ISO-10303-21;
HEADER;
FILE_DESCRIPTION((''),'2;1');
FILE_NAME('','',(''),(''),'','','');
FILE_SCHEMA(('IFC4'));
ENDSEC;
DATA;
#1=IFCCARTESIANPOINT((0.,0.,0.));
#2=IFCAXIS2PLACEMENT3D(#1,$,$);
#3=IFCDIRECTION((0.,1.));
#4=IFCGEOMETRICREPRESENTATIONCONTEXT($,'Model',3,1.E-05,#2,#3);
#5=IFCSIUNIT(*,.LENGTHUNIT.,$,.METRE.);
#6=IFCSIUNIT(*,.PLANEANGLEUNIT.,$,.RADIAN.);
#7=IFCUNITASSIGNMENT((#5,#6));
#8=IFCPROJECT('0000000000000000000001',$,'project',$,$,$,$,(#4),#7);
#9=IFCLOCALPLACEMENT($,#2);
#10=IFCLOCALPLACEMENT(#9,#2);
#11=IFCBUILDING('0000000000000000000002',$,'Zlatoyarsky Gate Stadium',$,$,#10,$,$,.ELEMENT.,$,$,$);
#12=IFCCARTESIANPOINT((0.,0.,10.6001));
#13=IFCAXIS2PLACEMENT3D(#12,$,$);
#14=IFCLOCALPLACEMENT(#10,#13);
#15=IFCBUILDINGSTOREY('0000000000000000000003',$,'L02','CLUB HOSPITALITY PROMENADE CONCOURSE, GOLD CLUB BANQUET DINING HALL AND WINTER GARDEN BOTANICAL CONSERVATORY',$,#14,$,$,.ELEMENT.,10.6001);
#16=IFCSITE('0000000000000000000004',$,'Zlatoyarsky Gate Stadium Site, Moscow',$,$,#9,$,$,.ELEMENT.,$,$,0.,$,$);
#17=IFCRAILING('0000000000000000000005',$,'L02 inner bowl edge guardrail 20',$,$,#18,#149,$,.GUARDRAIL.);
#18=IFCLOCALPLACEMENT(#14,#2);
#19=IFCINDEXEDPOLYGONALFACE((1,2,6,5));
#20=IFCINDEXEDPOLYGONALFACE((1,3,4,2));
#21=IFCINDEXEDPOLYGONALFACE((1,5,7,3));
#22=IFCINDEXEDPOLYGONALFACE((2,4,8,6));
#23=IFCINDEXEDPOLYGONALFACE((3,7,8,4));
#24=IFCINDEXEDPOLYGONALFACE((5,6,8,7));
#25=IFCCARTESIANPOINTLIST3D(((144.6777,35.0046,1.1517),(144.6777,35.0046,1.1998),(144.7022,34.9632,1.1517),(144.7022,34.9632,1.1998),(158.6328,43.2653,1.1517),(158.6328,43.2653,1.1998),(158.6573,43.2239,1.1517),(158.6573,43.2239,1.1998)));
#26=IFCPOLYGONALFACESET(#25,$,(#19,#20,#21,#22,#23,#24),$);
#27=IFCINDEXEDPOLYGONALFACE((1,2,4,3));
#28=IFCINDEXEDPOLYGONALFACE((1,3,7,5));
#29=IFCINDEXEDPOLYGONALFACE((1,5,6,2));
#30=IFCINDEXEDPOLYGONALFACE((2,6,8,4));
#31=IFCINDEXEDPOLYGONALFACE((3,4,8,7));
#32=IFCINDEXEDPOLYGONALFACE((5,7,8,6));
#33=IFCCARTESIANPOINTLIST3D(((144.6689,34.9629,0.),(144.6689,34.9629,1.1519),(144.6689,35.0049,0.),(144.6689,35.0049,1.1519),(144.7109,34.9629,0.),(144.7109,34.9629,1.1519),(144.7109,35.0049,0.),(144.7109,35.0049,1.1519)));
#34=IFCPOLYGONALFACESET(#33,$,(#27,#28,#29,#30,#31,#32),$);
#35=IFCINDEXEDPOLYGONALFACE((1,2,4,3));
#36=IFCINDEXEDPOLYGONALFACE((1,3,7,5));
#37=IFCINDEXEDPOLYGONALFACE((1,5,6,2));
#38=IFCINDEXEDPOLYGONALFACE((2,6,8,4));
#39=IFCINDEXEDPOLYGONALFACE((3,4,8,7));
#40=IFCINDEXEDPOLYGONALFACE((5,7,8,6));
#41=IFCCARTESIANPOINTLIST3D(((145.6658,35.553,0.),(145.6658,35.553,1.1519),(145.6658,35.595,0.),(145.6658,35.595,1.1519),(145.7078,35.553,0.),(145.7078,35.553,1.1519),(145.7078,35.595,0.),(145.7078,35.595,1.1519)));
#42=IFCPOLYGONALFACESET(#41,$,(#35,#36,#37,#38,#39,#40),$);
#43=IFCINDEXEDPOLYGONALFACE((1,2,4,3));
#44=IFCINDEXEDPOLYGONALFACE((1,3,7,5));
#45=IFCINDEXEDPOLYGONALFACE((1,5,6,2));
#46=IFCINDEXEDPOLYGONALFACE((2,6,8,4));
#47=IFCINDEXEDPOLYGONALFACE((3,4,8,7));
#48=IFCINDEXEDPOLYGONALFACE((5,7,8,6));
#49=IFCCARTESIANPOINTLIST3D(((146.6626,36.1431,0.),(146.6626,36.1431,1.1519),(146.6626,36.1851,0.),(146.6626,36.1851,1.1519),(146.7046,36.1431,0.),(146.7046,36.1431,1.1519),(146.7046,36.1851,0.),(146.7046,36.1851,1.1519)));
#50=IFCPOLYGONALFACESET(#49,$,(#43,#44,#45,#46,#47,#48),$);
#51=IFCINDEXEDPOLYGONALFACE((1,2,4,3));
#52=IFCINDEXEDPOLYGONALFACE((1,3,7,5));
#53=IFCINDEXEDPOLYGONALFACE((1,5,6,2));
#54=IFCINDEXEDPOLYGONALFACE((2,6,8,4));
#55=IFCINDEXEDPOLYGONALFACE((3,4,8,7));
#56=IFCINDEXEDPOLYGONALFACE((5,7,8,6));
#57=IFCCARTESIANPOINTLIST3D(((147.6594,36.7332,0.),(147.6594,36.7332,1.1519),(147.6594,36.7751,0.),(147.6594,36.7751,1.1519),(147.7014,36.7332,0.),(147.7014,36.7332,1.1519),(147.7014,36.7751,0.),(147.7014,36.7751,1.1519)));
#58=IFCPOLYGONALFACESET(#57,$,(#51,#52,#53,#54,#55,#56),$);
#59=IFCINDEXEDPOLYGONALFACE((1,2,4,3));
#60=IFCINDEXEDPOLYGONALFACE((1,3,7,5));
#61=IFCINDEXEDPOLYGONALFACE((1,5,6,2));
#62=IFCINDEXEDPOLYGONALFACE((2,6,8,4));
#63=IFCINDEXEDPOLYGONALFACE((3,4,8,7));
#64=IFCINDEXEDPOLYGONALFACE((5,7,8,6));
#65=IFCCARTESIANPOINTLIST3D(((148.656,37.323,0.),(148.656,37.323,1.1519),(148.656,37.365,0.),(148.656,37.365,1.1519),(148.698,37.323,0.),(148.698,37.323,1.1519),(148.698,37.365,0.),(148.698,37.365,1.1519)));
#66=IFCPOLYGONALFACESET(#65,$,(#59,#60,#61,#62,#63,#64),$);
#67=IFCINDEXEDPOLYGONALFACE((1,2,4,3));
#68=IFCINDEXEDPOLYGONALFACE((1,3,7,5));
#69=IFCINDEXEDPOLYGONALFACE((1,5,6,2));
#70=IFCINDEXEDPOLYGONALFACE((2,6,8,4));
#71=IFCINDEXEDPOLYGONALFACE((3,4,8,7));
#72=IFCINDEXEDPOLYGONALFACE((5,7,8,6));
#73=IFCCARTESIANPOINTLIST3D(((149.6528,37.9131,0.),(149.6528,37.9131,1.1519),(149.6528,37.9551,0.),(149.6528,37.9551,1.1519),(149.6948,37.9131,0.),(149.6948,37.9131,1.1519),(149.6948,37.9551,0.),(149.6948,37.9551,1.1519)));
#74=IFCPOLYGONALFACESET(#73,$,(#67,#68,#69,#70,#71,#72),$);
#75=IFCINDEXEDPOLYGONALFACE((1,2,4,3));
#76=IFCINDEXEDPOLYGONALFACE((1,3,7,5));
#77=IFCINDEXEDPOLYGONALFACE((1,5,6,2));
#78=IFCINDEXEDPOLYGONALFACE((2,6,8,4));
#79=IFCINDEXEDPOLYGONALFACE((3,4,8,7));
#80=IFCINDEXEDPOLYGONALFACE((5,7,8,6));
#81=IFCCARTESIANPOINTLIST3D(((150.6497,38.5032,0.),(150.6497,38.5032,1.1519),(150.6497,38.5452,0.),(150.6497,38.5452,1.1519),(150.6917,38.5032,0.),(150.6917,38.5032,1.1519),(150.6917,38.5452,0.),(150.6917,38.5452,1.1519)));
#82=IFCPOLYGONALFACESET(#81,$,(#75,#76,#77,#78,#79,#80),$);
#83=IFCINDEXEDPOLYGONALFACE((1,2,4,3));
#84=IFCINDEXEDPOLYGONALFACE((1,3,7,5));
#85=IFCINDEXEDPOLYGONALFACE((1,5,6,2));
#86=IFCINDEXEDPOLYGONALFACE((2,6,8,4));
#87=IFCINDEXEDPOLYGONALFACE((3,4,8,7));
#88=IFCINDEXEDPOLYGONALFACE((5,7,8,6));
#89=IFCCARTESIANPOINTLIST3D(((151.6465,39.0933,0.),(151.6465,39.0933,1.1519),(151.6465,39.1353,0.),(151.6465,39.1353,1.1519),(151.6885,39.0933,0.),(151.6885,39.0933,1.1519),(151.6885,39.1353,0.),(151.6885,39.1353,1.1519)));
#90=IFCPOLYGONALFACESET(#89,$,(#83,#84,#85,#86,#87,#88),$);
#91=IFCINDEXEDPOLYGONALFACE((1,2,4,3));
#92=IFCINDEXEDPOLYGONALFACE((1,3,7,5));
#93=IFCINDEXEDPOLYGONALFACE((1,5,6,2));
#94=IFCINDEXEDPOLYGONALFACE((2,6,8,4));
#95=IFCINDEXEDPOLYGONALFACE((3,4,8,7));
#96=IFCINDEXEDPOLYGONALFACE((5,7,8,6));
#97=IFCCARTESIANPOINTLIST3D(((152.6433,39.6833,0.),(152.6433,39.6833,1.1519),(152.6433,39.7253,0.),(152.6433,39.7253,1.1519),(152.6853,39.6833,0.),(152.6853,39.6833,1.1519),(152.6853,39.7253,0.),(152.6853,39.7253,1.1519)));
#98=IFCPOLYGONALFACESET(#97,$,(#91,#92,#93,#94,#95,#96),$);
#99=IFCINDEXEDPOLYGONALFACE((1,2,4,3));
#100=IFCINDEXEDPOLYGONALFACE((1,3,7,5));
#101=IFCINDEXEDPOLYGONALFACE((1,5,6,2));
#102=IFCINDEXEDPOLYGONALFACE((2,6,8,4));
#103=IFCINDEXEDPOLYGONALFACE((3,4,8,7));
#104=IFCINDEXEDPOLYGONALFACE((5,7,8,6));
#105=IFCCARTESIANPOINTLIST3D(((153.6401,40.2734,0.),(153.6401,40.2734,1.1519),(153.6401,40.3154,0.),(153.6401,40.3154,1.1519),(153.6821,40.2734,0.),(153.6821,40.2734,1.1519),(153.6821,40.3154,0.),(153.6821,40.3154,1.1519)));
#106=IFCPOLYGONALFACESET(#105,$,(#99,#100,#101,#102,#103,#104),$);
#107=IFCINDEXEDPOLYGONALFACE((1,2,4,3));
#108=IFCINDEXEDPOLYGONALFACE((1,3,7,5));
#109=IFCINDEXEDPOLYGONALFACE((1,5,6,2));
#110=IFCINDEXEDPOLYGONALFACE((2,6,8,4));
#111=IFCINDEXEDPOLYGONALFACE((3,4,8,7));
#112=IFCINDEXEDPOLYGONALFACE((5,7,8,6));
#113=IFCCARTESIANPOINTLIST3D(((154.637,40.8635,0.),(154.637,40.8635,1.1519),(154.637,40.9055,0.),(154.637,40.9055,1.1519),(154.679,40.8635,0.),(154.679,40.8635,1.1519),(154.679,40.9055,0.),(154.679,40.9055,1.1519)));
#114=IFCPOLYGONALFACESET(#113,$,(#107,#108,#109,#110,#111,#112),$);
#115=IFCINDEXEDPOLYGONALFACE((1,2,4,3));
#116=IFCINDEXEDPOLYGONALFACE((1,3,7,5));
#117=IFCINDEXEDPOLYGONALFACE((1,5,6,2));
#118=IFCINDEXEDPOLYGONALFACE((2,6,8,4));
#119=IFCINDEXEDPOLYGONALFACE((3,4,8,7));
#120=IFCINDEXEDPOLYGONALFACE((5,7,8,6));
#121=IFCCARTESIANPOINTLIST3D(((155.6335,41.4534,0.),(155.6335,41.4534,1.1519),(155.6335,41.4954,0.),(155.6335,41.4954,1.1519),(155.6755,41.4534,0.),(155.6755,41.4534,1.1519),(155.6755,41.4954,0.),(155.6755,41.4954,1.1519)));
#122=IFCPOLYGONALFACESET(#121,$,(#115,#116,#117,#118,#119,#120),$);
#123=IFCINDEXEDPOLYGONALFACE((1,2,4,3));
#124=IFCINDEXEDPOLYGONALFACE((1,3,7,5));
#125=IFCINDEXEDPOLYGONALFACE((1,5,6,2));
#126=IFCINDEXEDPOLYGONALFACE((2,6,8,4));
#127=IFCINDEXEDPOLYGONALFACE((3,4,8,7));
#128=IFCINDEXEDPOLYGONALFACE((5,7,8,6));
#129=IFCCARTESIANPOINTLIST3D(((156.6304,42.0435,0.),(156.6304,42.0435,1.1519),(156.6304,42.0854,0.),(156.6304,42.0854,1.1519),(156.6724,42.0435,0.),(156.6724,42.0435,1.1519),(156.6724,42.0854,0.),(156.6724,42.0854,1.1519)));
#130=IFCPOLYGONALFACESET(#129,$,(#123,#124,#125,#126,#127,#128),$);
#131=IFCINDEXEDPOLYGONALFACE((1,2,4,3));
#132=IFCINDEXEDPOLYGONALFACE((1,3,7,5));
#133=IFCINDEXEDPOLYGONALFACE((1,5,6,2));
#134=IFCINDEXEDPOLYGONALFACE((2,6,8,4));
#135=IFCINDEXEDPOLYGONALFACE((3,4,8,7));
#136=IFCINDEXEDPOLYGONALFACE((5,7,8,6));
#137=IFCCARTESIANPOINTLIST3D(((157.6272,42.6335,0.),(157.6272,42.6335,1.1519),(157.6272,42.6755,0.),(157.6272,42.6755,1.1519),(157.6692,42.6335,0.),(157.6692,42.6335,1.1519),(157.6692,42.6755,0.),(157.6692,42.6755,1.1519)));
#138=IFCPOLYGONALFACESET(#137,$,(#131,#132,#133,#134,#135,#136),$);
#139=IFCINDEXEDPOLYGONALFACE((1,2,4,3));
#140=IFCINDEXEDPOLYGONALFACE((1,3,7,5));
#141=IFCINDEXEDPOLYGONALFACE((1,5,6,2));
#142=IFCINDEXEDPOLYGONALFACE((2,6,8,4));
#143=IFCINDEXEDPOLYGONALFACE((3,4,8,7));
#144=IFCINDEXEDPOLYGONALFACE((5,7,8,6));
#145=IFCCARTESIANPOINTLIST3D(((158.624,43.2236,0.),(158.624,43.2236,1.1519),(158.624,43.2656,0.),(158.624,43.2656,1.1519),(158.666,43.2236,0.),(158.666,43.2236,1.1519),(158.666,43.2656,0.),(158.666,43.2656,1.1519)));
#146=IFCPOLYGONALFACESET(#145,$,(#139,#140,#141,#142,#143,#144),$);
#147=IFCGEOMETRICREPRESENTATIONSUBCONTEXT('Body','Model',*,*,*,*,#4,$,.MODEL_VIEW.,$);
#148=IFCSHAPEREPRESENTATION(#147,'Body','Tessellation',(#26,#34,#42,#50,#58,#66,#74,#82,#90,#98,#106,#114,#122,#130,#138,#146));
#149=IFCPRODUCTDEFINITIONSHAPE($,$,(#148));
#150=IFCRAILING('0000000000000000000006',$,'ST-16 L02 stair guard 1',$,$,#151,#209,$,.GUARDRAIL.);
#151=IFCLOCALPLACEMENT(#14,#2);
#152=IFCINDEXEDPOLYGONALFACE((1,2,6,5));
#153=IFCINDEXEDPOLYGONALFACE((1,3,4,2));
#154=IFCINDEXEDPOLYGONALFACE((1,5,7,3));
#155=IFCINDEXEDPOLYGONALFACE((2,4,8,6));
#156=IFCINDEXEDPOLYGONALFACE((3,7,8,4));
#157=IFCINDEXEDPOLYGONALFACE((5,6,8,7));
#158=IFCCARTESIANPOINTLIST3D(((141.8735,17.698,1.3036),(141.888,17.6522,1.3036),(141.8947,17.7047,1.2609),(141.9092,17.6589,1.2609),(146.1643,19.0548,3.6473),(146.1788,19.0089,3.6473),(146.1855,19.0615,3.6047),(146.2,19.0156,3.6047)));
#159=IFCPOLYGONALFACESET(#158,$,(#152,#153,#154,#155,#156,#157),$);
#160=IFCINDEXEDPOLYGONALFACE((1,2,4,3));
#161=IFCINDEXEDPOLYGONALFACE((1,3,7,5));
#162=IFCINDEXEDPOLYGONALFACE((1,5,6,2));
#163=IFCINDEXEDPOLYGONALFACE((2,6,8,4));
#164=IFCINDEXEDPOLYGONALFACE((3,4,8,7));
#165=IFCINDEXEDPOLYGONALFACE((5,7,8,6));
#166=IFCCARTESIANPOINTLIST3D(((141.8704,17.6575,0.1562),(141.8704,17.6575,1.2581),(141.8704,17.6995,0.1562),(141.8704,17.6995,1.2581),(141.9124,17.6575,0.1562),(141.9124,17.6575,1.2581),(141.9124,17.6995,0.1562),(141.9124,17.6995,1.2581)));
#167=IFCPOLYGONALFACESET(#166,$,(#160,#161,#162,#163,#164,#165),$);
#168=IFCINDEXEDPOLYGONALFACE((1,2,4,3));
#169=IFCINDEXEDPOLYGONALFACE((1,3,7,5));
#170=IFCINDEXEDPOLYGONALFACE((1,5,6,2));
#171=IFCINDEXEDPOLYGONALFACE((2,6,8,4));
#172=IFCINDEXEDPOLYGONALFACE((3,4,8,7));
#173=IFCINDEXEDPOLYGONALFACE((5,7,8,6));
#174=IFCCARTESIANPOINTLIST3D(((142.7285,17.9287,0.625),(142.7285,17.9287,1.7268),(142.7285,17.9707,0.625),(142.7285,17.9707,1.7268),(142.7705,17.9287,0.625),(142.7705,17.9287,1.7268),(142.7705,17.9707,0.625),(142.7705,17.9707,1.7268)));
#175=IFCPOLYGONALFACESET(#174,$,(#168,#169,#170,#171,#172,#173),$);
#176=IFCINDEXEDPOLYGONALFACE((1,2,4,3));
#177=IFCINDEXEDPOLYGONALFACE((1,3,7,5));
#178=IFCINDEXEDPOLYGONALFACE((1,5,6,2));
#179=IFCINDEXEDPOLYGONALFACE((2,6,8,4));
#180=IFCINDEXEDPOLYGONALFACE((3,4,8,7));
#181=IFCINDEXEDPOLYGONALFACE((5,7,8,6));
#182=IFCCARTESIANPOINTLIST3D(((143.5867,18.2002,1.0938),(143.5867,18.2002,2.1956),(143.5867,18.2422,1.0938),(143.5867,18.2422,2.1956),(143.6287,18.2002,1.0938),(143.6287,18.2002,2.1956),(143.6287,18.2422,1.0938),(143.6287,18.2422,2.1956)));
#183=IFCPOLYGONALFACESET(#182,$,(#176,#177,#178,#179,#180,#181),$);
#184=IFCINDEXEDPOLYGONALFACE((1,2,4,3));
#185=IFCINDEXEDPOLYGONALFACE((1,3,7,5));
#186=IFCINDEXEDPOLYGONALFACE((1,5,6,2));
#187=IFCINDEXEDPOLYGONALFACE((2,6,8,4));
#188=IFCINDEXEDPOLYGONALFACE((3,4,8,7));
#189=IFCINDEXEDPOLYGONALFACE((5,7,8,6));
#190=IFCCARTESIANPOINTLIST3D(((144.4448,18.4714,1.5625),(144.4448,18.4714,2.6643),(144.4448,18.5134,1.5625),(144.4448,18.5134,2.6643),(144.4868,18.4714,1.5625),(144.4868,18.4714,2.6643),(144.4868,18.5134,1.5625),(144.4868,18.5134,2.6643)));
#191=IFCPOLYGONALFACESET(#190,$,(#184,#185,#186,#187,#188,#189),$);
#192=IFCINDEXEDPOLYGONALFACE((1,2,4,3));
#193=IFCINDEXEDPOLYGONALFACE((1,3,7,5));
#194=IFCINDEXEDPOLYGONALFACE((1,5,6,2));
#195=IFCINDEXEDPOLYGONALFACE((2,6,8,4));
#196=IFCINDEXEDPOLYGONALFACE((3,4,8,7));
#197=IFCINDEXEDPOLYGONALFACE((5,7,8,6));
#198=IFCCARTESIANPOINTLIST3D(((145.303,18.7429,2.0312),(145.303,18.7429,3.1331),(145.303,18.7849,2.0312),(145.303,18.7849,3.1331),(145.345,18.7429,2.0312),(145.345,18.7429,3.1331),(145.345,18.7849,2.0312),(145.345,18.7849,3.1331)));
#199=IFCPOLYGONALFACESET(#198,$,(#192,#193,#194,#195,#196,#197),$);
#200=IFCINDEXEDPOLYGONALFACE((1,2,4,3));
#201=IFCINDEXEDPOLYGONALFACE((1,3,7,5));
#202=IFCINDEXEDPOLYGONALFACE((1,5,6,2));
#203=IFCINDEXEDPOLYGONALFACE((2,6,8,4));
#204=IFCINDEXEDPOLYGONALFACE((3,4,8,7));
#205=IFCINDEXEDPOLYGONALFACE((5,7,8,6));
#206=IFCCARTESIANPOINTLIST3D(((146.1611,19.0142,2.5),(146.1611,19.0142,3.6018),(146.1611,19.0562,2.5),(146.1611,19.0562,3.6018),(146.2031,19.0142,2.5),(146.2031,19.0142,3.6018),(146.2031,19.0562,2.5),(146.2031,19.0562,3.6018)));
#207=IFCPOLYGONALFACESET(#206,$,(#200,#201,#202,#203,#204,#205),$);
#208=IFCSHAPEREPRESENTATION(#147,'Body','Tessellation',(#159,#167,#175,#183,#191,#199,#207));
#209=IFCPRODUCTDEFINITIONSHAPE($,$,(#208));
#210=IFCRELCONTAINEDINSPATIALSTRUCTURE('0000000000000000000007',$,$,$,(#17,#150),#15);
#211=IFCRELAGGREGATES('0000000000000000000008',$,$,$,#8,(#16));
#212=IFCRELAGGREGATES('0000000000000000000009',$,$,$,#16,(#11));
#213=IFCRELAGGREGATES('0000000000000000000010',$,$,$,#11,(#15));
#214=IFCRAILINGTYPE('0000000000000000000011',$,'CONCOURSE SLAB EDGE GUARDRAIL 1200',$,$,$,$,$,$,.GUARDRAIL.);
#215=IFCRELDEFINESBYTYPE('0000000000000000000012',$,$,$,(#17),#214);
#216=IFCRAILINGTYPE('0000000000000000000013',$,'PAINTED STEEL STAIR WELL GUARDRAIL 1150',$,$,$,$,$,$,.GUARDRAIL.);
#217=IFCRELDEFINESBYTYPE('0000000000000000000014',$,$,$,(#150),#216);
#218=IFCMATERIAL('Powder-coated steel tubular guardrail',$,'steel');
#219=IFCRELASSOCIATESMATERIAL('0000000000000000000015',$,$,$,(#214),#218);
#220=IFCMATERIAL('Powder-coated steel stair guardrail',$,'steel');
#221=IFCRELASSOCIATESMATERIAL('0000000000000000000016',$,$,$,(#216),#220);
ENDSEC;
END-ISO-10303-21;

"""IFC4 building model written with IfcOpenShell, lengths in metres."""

from ifc_helpers import new_model, si_unit, direction, frame, origin, origin_2d, place, context, subcontext, project, spatial, rectangle, extrude, material, type_object, element, save


model = new_model("IFC4")

# Units and contexts
model_context = context("Model", 3, precision=1e-05, world=origin(), true_north=direction((0.0, 1.0)))
body_context = subcontext(model_context, "Body", "Model", "MODEL_VIEW")
ifc_project = project(units=[si_unit("LENGTHUNIT", "METRE"), si_unit("PLANEANGLEUNIT", "RADIAN")], contexts=[model_context])

# Site, building, storey
site_placement = place(None, origin())
site = spatial("IfcSite", under=ifc_project, at=site_placement, Name="Zlatoyarsky Gate Stadium Site, Moscow", CompositionType="ELEMENT", RefElevation=0.0)
building_placement = place(site_placement, origin())
building = spatial("IfcBuilding", under=site, at=building_placement, Name="Zlatoyarsky Gate Stadium", CompositionType="ELEMENT")
storey_placement = place(building_placement, frame((0.0, 0.0, 10.6001)))
storey = spatial("IfcBuildingStorey", under=building, at=storey_placement, Name="L02", Description="CLUB HOSPITALITY PROMENADE CONCOURSE, GOLD CLUB BANQUET DINING HALL AND WINTER GARDEN BOTANICAL CONSERVATORY", CompositionType="ELEMENT", Elevation=10.6001)

# Railings
ifc_material_1 = material(Name="Powder-coated steel tubular guardrail", Category="steel")
railing_type_1 = type_object("IfcRailingType", Name="CONCOURSE SLAB EDGE GUARDRAIL 1200", PredefinedType="GUARDRAIL", material=ifc_material_1)
railing_1_placement = place(storey_placement, frame((144.6899, 34.9839, 0.0)))
element("IfcRailing", 1, at=railing_1_placement, inside=storey, type_object=railing_type_1, Name="L02 inner bowl edge guardrail 20", PredefinedType="GUARDRAIL", context=body_context, shape_type="SweptSolid", body=[
    extrude(rectangle(XDim=0.0481, YDim=0.0481, at=origin_2d()), frame((0.0, 0.0, 1.1758), z_axis=(0.860533, 0.509395, 0.0), x_axis=(-0.509395, 0.860533, 0.0)), (0.0, 0.0, 1.0), 16.2168),
    extrude(rectangle(XDim=0.042, YDim=0.042, at=origin_2d()), origin(), (0.0, 0.0, 1.0), 1.1519),
    extrude(rectangle(XDim=0.042, YDim=0.042, at=origin_2d()), frame((0.9968, 0.5901, 0.0)), (0.0, 0.0, 1.0), 1.1519),
    extrude(rectangle(XDim=0.042, YDim=0.042, at=origin_2d()), frame((1.9937, 1.1802, 0.0)), (0.0, 0.0, 1.0), 1.1519),
    extrude(rectangle(XDim=0.042, YDim=0.042, at=origin_2d()), frame((2.9905, 1.7703, 0.0)), (0.0, 0.0, 1.0), 1.1519),
    extrude(rectangle(XDim=0.042, YDim=0.042, at=origin_2d()), frame((3.9871, 2.3601, 0.0)), (0.0, 0.0, 1.0), 1.1519),
    extrude(rectangle(XDim=0.042, YDim=0.042, at=origin_2d()), frame((4.9839, 2.9502, 0.0)), (0.0, 0.0, 1.0), 1.1519),
    extrude(rectangle(XDim=0.042, YDim=0.042, at=origin_2d()), frame((5.9807, 3.5403, 0.0)), (0.0, 0.0, 1.0), 1.1519),
    extrude(rectangle(XDim=0.042, YDim=0.042, at=origin_2d()), frame((6.9775, 4.1304, 0.0)), (0.0, 0.0, 1.0), 1.1519),
    extrude(rectangle(XDim=0.042, YDim=0.042, at=origin_2d()), frame((7.9744, 4.7205, 0.0)), (0.0, 0.0, 1.0), 1.1519),
    extrude(rectangle(XDim=0.042, YDim=0.042, at=origin_2d()), frame((8.9712, 5.3105, 0.0)), (0.0, 0.0, 1.0), 1.1519),
    extrude(rectangle(XDim=0.042, YDim=0.042, at=origin_2d()), frame((9.968, 5.9006, 0.0)), (0.0, 0.0, 1.0), 1.1519),
    extrude(rectangle(XDim=0.042, YDim=0.042, at=origin_2d()), frame((10.9646, 6.4905, 0.0)), (0.0, 0.0, 1.0), 1.1519),
    extrude(rectangle(XDim=0.042, YDim=0.042, at=origin_2d()), frame((11.9614, 7.0806, 0.0)), (0.0, 0.0, 1.0), 1.1519),
    extrude(rectangle(XDim=0.042, YDim=0.042, at=origin_2d()), frame((12.9583, 7.6707, 0.0)), (0.0, 0.0, 1.0), 1.1519),
    extrude(rectangle(XDim=0.042, YDim=0.042, at=origin_2d()), frame((13.9551, 8.2607, 0.0)), (0.0, 0.0, 1.0), 1.1519),
])
ifc_material_2 = material(Name="Powder-coated steel stair guardrail", Category="steel")
railing_type_2 = type_object("IfcRailingType", Name="PAINTED STEEL STAIR WELL GUARDRAIL 1150", PredefinedType="GUARDRAIL", material=ifc_material_2)
railing_2_placement = place(storey_placement, frame((141.8914, 17.6785, 0.1562)))
element("IfcRailing", 2, at=railing_2_placement, inside=storey, type_object=railing_type_2, Name="ST-16 L02 stair guard 1", PredefinedType="GUARDRAIL", context=body_context, shape_type="SweptSolid", body=[
    extrude(rectangle(XDim=0.0481, YDim=0.0481, at=origin_2d()), frame((0.0, 0.0, 1.126), z_axis=(0.845655, 0.267386, 0.461923), x_axis=(-0.301477, 0.953474, 0.0)), (0.0, 0.0, 1.0), 5.074),
    extrude(rectangle(XDim=0.042, YDim=0.042, at=origin_2d()), origin(), (0.0, 0.0, 1.0), 1.1018),
    extrude(rectangle(XDim=0.042, YDim=0.042, at=origin_2d()), frame((0.8582, 0.2712, 0.4688)), (0.0, 0.0, 1.0), 1.1018),
    extrude(rectangle(XDim=0.042, YDim=0.042, at=origin_2d()), frame((1.7163, 0.5427, 0.9375)), (0.0, 0.0, 1.0), 1.1018),
    extrude(rectangle(XDim=0.042, YDim=0.042, at=origin_2d()), frame((2.5745, 0.814, 1.4062)), (0.0, 0.0, 1.0), 1.1018),
    extrude(rectangle(XDim=0.042, YDim=0.042, at=origin_2d()), frame((3.4326, 1.0854, 1.875)), (0.0, 0.0, 1.0), 1.1018),
    extrude(rectangle(XDim=0.042, YDim=0.042, at=origin_2d()), frame((4.2908, 1.3567, 2.3438)), (0.0, 0.0, 1.0), 1.1018),
])

save(model, "model.ifc")
